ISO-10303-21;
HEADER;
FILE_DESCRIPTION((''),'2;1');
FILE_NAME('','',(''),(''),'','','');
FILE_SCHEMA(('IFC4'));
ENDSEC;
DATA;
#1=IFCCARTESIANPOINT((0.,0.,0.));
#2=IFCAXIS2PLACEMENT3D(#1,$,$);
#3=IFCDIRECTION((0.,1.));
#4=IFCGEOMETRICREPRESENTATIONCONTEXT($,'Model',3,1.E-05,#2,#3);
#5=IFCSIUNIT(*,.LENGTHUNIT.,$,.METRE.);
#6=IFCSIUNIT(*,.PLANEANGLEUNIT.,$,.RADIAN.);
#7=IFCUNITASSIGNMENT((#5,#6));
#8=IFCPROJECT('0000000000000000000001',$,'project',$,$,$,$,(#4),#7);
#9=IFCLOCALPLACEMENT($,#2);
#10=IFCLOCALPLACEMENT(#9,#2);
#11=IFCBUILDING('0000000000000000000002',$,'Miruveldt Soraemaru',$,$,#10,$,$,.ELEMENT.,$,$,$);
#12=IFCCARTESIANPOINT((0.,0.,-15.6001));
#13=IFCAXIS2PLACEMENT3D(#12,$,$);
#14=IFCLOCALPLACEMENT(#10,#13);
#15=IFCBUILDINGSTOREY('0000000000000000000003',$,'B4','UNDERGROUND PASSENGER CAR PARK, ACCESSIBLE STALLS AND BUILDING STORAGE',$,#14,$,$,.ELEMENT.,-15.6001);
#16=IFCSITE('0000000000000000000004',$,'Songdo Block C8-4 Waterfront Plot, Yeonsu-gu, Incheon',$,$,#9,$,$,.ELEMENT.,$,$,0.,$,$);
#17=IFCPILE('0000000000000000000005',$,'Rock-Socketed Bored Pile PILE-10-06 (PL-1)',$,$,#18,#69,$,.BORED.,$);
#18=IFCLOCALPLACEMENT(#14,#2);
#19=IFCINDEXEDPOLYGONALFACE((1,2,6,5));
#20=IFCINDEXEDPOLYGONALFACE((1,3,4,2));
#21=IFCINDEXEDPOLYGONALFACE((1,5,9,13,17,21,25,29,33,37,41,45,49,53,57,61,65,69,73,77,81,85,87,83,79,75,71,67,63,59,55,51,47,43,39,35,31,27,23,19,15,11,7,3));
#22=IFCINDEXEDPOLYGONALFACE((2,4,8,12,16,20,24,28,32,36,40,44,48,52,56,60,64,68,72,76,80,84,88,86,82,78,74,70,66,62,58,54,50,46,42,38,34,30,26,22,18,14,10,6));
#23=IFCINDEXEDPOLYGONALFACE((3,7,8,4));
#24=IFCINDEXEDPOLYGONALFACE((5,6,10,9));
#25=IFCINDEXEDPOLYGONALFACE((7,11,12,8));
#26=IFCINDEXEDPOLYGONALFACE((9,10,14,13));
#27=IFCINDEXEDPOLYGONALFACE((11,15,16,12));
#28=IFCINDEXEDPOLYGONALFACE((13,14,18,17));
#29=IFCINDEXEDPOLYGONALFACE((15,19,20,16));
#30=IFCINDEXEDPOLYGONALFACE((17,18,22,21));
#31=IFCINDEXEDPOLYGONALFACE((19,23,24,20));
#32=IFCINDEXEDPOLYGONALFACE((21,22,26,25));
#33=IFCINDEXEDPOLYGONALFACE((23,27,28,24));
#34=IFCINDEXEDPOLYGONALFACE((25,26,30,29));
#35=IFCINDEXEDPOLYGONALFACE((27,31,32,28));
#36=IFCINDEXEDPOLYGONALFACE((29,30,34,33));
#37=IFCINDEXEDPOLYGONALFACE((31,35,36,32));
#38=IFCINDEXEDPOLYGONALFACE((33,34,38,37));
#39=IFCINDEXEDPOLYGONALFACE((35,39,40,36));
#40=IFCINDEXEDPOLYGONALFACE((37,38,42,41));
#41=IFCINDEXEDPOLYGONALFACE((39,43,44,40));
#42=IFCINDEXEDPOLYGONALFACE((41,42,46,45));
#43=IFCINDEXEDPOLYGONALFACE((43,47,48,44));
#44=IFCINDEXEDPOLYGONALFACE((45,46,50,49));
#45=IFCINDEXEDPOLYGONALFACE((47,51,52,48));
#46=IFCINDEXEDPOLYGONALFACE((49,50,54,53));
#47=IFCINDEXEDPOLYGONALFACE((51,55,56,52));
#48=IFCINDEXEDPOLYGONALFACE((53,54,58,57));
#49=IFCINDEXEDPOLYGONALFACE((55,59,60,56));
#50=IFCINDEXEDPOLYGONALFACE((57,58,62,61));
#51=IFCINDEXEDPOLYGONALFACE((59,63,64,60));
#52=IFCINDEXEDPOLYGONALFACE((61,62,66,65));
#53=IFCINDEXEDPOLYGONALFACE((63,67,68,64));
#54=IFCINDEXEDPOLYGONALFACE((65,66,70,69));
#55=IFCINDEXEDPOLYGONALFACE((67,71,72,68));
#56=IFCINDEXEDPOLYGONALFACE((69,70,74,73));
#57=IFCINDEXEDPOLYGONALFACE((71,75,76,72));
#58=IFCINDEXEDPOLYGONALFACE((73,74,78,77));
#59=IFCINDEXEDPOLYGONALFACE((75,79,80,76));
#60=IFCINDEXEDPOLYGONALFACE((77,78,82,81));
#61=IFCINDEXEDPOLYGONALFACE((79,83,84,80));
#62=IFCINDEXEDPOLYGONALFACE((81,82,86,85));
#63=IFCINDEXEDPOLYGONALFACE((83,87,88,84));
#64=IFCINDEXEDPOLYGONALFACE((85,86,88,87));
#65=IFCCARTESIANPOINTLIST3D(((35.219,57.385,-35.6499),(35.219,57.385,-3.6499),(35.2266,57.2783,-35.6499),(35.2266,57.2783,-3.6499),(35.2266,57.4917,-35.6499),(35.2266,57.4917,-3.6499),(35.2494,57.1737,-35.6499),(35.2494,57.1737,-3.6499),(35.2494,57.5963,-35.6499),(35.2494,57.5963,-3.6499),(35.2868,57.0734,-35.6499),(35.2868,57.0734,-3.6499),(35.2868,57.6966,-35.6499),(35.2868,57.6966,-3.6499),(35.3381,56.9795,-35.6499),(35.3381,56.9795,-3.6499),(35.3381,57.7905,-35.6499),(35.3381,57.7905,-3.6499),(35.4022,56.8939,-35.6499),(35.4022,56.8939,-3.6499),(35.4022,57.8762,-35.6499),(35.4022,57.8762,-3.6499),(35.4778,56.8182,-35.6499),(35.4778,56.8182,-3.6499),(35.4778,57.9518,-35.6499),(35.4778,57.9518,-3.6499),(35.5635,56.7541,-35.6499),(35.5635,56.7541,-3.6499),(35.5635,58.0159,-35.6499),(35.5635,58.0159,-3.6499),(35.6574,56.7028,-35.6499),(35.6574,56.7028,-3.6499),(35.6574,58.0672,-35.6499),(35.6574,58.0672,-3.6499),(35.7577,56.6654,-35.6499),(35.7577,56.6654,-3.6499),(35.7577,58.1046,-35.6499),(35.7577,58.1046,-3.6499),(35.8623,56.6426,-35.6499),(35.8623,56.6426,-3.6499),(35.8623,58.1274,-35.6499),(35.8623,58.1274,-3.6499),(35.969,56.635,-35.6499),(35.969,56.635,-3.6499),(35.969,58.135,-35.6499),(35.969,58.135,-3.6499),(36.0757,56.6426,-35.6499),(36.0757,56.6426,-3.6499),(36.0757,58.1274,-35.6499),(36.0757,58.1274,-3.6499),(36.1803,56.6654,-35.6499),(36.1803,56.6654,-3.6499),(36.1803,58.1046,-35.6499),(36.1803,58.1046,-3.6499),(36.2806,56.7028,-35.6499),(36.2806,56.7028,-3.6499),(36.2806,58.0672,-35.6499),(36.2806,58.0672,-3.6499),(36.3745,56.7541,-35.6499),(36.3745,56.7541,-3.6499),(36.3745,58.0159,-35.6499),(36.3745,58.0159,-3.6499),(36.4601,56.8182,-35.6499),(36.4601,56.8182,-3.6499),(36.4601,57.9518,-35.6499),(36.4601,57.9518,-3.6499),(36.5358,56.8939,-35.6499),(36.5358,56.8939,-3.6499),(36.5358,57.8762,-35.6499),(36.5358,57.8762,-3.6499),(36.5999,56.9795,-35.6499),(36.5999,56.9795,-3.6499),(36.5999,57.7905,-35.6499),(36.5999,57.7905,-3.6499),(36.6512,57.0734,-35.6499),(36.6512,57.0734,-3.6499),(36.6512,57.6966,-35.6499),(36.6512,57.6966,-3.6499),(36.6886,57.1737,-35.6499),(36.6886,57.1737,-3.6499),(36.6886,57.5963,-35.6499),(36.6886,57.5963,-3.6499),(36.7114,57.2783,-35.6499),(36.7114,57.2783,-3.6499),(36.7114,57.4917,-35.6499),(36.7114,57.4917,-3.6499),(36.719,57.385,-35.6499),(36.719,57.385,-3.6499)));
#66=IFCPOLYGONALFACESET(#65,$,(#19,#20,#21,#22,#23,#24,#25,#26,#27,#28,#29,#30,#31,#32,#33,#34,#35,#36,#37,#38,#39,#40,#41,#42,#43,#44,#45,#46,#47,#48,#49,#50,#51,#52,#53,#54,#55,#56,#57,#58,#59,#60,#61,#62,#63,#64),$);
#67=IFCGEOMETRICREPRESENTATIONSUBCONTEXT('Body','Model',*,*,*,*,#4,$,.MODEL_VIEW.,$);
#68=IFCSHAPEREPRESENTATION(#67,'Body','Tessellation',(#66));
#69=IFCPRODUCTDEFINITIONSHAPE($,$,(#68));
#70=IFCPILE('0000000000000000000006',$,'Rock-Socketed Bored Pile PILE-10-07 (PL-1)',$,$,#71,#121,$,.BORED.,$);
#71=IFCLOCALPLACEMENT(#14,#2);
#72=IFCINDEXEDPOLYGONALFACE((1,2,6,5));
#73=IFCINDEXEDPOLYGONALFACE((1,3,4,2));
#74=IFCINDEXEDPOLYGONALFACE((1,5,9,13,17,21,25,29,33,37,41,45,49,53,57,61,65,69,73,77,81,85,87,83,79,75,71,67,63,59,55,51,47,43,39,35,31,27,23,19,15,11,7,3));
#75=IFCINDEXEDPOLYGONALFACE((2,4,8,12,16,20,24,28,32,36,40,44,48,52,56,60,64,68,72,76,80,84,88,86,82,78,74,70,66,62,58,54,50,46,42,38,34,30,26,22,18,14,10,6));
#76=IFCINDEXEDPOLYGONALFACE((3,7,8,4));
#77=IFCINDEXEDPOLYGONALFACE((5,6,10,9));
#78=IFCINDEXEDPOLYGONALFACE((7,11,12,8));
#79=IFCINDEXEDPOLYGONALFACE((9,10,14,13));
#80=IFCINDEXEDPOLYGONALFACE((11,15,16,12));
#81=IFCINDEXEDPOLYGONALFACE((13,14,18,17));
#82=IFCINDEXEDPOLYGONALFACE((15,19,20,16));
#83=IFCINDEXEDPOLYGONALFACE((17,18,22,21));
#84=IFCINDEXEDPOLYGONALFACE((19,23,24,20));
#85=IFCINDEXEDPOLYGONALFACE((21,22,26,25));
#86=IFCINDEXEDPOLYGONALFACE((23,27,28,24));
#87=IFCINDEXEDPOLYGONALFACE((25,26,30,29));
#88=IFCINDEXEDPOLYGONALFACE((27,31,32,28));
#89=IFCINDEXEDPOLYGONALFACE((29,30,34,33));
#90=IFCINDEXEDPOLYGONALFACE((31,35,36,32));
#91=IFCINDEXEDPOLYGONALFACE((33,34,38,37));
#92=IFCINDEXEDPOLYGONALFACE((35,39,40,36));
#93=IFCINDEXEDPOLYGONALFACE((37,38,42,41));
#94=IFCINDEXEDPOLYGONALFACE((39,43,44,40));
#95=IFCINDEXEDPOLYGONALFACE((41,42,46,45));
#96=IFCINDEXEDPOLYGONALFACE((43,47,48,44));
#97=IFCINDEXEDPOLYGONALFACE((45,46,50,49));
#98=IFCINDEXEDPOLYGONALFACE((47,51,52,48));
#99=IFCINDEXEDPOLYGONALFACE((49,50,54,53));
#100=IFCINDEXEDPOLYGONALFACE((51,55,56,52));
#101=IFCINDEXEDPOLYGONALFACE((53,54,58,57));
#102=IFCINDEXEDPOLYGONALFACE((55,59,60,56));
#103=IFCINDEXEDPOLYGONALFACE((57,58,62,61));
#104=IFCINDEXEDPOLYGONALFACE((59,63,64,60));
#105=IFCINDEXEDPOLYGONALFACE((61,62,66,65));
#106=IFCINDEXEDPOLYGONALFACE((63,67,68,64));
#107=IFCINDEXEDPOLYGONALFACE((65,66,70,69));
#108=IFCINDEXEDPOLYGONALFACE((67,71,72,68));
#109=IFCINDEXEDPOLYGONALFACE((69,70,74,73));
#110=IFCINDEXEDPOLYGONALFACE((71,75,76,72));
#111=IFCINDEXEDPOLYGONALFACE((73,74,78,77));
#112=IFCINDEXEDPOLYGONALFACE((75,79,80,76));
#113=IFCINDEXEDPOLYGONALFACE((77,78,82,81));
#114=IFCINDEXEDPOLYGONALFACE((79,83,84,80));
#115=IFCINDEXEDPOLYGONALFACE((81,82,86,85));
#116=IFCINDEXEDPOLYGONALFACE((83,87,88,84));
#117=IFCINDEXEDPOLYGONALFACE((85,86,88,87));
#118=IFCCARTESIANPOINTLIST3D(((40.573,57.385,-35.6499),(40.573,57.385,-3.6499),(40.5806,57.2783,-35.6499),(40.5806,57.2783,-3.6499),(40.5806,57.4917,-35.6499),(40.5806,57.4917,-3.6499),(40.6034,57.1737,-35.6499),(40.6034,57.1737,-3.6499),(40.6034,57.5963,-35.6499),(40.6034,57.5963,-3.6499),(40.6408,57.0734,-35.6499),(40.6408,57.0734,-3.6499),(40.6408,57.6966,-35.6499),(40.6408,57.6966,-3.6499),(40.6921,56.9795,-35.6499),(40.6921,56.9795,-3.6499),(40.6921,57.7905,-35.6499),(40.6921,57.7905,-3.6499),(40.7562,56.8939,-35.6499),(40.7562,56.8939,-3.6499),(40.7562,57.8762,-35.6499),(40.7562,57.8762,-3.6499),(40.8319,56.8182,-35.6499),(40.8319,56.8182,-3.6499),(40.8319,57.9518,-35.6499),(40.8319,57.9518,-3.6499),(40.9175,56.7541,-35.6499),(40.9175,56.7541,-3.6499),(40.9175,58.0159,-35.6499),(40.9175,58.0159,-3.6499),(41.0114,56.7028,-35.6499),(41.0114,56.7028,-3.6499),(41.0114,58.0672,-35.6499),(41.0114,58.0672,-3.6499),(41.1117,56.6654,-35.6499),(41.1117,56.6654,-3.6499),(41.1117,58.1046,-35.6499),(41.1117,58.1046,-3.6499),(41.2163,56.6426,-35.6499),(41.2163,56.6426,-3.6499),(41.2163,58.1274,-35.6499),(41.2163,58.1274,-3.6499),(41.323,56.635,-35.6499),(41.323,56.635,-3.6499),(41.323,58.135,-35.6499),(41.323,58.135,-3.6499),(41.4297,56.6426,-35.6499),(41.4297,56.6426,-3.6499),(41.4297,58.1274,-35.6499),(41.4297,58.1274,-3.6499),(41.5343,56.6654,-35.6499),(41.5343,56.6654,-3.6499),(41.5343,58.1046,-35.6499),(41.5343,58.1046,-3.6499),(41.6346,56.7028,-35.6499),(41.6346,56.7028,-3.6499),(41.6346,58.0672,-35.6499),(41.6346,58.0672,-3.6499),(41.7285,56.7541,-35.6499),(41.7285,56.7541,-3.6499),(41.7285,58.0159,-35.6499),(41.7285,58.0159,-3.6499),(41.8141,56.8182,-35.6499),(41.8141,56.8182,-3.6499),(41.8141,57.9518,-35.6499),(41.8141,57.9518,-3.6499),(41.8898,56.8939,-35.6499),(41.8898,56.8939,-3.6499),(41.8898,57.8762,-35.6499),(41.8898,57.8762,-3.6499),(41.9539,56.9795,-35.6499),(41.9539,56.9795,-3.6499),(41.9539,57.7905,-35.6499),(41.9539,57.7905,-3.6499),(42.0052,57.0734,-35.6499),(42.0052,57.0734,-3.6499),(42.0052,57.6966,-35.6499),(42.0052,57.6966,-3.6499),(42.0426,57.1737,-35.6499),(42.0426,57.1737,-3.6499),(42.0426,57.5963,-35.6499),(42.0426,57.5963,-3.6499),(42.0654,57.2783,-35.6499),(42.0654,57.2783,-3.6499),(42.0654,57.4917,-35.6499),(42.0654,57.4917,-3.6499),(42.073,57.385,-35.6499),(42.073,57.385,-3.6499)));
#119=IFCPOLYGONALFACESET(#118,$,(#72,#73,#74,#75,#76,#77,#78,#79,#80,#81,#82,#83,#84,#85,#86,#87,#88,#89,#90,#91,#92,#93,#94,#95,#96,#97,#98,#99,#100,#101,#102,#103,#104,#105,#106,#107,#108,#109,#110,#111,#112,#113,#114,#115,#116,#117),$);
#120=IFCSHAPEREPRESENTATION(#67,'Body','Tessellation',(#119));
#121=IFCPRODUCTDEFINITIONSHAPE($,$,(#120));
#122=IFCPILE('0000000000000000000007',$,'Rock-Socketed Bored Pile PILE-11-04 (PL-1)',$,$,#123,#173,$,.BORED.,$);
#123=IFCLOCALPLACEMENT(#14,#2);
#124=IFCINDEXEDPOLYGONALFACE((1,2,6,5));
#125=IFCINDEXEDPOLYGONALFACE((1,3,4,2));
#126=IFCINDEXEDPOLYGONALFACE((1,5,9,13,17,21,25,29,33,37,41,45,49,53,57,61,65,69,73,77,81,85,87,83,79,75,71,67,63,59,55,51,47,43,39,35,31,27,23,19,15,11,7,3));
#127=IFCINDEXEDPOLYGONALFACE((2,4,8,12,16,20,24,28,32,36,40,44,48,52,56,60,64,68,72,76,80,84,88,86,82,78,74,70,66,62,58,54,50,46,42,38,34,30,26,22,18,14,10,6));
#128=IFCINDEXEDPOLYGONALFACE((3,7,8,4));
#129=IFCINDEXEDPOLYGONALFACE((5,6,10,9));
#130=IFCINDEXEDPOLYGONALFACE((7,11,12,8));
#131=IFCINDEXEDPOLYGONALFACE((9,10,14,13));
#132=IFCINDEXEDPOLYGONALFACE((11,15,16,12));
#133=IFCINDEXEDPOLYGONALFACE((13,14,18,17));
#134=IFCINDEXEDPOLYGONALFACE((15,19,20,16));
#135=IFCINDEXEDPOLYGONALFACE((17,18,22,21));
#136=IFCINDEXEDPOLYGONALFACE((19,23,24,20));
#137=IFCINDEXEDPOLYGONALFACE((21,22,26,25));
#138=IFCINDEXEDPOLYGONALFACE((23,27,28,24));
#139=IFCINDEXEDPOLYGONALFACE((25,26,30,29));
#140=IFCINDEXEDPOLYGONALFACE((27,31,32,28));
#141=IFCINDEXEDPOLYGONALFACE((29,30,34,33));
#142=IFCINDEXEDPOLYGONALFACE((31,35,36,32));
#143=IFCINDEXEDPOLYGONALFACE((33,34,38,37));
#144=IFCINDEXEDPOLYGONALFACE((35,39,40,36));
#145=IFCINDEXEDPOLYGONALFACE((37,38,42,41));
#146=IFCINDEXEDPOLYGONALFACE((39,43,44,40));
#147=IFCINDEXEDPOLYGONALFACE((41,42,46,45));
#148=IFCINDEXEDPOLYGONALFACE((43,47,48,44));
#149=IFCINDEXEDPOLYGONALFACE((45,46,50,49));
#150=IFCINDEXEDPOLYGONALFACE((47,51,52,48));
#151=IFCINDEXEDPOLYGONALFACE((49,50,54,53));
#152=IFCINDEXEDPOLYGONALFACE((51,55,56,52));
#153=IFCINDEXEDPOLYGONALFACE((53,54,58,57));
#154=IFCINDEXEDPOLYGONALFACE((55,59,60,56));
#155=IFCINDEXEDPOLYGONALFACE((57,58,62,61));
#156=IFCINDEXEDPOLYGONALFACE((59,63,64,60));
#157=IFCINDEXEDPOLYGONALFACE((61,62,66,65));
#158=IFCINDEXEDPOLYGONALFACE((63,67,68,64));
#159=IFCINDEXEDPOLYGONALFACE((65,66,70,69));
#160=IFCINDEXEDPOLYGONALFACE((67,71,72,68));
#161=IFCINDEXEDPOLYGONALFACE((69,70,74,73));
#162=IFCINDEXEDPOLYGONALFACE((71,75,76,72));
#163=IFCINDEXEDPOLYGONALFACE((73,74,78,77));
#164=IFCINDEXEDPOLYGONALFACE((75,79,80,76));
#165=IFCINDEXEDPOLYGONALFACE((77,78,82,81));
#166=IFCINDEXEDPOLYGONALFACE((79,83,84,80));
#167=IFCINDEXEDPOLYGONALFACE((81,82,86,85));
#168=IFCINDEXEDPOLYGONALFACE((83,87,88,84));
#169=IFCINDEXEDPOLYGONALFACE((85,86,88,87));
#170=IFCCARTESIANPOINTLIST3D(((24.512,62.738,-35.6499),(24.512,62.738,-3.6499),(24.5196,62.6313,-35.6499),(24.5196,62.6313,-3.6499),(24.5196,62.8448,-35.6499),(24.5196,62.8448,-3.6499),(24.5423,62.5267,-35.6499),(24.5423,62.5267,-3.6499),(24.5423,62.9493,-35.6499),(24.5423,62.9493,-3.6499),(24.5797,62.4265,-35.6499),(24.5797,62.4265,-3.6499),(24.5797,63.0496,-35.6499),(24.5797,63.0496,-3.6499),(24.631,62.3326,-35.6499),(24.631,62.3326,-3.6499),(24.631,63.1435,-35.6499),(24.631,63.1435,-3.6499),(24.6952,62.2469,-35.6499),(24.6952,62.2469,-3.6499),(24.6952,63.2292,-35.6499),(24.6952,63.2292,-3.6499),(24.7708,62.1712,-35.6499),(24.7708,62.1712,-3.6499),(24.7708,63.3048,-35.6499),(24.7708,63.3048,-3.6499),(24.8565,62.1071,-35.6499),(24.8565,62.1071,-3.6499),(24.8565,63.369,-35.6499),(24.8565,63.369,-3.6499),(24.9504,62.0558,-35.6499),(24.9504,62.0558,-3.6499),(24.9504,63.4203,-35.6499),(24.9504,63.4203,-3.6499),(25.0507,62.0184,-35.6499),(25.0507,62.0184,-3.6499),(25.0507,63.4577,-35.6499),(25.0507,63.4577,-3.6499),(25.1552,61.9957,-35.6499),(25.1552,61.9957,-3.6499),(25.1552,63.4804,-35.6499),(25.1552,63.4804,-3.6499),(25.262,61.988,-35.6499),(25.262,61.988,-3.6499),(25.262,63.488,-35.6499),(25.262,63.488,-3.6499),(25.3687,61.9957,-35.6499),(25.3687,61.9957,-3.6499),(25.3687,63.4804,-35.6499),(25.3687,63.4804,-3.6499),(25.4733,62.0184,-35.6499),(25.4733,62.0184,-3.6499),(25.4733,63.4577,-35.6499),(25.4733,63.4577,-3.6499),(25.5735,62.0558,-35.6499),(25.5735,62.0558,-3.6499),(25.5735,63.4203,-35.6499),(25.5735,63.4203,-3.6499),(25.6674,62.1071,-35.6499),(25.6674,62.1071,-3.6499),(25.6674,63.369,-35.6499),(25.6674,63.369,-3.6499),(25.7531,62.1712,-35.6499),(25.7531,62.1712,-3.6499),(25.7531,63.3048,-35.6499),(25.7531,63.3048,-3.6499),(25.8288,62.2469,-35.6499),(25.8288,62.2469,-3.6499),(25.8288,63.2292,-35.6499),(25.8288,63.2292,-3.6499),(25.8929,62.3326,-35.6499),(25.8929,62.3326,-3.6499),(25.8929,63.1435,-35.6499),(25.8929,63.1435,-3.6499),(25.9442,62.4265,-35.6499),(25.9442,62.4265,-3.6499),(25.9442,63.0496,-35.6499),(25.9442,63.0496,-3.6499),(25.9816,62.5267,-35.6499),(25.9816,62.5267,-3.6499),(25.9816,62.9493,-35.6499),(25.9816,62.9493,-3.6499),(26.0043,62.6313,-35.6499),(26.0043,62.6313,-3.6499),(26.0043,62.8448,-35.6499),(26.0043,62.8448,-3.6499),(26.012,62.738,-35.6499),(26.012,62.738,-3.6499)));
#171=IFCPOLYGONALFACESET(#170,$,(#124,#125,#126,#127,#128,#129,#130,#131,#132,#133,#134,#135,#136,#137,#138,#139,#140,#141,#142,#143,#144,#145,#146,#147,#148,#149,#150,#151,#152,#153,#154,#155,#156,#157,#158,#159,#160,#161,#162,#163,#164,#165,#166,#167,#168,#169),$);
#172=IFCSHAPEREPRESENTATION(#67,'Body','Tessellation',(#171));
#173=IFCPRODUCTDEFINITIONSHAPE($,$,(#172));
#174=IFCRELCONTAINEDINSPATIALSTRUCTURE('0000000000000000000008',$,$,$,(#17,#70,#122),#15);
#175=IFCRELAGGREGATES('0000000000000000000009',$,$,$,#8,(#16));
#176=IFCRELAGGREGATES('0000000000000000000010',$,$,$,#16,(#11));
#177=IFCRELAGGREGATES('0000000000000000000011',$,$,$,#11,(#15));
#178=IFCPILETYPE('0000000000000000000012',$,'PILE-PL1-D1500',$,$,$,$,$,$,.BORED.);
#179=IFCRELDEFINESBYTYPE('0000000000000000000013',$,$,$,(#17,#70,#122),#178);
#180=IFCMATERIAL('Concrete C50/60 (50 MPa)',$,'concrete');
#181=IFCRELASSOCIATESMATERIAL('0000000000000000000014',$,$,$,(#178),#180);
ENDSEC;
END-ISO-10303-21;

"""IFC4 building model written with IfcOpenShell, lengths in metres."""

from ifc_helpers import new_model, si_unit, direction, frame, origin, origin_2d, place, context, subcontext, project, spatial, circle, extrude, material, material_profile, profile_set, type_object, element, save


model = new_model("IFC4")

# Units and contexts
model_context = context("Model", 3, precision=1e-05, world=origin(), true_north=direction((0.0, 1.0)))
body_context = subcontext(model_context, "Body", "Model", "MODEL_VIEW")
ifc_project = project(units=[si_unit("LENGTHUNIT", "METRE"), si_unit("PLANEANGLEUNIT", "RADIAN")], contexts=[model_context])

# Site, building, storey
site_placement = place(None, origin())
site = spatial("IfcSite", under=ifc_project, at=site_placement, Name="Songdo Block C8-4 Waterfront Plot, Yeonsu-gu, Incheon", CompositionType="ELEMENT", RefElevation=0.0)
building_placement = place(site_placement, origin())
building = spatial("IfcBuilding", under=site, at=building_placement, Name="Miruveldt Soraemaru", CompositionType="ELEMENT")
storey_placement = place(building_placement, frame((0.0, 0.0, -15.6001)))
storey = spatial("IfcBuildingStorey", under=building, at=storey_placement, Name="B4", Description="UNDERGROUND PASSENGER CAR PARK, ACCESSIBLE STALLS AND BUILDING STORAGE", CompositionType="ELEMENT", Elevation=-15.6001)

# Piles
ifc_material_1 = material(Name="Concrete C50/60 (50 MPa)", Category="concrete")
ifc_material_profile_1 = material_profile(ifc_material_1, circle(Radius=0.75, at=origin_2d()), Name="Concrete C50/60 (50 MPa)", Category="concrete")
ifc_profile_set_1 = profile_set([ifc_material_profile_1], Name="Concrete C50/60 (50 MPa)")
pile_type_1 = type_object("IfcPileType", Name="PILE-PL1-D1500", PredefinedType="BORED", material=ifc_profile_set_1)
for number, where, z_axis, x_axis, name in (
    (1, (35.969, 57.385, -3.6499), (0.0, 0.0, -1.0), (1.0, 0.0, 0.0), "Rock-Socketed Bored Pile PILE-10-06 (PL-1)"),
    (2, (41.323, 57.385, -3.6499), (0.0, 0.0, -1.0), (1.0, 0.0, 0.0), "Rock-Socketed Bored Pile PILE-10-07 (PL-1)"),
    (3, (25.262, 62.738, -3.6499), (0.0, 0.0, -1.0), (1.0, 0.0, 0.0), "Rock-Socketed Bored Pile PILE-11-04 (PL-1)"),
):
    element("IfcPile", number, at=place(storey_placement, frame(where, z_axis=z_axis, x_axis=x_axis)), inside=storey, type_object=pile_type_1, Name=name, PredefinedType="BORED", context=body_context, shape_type="SweptSolid", body=[
        extrude(circle(Radius=0.75, at=origin_2d()), origin(), (0.0, 0.0, 1.0), 32.0),
    ])

save(model, "model.ifc")
